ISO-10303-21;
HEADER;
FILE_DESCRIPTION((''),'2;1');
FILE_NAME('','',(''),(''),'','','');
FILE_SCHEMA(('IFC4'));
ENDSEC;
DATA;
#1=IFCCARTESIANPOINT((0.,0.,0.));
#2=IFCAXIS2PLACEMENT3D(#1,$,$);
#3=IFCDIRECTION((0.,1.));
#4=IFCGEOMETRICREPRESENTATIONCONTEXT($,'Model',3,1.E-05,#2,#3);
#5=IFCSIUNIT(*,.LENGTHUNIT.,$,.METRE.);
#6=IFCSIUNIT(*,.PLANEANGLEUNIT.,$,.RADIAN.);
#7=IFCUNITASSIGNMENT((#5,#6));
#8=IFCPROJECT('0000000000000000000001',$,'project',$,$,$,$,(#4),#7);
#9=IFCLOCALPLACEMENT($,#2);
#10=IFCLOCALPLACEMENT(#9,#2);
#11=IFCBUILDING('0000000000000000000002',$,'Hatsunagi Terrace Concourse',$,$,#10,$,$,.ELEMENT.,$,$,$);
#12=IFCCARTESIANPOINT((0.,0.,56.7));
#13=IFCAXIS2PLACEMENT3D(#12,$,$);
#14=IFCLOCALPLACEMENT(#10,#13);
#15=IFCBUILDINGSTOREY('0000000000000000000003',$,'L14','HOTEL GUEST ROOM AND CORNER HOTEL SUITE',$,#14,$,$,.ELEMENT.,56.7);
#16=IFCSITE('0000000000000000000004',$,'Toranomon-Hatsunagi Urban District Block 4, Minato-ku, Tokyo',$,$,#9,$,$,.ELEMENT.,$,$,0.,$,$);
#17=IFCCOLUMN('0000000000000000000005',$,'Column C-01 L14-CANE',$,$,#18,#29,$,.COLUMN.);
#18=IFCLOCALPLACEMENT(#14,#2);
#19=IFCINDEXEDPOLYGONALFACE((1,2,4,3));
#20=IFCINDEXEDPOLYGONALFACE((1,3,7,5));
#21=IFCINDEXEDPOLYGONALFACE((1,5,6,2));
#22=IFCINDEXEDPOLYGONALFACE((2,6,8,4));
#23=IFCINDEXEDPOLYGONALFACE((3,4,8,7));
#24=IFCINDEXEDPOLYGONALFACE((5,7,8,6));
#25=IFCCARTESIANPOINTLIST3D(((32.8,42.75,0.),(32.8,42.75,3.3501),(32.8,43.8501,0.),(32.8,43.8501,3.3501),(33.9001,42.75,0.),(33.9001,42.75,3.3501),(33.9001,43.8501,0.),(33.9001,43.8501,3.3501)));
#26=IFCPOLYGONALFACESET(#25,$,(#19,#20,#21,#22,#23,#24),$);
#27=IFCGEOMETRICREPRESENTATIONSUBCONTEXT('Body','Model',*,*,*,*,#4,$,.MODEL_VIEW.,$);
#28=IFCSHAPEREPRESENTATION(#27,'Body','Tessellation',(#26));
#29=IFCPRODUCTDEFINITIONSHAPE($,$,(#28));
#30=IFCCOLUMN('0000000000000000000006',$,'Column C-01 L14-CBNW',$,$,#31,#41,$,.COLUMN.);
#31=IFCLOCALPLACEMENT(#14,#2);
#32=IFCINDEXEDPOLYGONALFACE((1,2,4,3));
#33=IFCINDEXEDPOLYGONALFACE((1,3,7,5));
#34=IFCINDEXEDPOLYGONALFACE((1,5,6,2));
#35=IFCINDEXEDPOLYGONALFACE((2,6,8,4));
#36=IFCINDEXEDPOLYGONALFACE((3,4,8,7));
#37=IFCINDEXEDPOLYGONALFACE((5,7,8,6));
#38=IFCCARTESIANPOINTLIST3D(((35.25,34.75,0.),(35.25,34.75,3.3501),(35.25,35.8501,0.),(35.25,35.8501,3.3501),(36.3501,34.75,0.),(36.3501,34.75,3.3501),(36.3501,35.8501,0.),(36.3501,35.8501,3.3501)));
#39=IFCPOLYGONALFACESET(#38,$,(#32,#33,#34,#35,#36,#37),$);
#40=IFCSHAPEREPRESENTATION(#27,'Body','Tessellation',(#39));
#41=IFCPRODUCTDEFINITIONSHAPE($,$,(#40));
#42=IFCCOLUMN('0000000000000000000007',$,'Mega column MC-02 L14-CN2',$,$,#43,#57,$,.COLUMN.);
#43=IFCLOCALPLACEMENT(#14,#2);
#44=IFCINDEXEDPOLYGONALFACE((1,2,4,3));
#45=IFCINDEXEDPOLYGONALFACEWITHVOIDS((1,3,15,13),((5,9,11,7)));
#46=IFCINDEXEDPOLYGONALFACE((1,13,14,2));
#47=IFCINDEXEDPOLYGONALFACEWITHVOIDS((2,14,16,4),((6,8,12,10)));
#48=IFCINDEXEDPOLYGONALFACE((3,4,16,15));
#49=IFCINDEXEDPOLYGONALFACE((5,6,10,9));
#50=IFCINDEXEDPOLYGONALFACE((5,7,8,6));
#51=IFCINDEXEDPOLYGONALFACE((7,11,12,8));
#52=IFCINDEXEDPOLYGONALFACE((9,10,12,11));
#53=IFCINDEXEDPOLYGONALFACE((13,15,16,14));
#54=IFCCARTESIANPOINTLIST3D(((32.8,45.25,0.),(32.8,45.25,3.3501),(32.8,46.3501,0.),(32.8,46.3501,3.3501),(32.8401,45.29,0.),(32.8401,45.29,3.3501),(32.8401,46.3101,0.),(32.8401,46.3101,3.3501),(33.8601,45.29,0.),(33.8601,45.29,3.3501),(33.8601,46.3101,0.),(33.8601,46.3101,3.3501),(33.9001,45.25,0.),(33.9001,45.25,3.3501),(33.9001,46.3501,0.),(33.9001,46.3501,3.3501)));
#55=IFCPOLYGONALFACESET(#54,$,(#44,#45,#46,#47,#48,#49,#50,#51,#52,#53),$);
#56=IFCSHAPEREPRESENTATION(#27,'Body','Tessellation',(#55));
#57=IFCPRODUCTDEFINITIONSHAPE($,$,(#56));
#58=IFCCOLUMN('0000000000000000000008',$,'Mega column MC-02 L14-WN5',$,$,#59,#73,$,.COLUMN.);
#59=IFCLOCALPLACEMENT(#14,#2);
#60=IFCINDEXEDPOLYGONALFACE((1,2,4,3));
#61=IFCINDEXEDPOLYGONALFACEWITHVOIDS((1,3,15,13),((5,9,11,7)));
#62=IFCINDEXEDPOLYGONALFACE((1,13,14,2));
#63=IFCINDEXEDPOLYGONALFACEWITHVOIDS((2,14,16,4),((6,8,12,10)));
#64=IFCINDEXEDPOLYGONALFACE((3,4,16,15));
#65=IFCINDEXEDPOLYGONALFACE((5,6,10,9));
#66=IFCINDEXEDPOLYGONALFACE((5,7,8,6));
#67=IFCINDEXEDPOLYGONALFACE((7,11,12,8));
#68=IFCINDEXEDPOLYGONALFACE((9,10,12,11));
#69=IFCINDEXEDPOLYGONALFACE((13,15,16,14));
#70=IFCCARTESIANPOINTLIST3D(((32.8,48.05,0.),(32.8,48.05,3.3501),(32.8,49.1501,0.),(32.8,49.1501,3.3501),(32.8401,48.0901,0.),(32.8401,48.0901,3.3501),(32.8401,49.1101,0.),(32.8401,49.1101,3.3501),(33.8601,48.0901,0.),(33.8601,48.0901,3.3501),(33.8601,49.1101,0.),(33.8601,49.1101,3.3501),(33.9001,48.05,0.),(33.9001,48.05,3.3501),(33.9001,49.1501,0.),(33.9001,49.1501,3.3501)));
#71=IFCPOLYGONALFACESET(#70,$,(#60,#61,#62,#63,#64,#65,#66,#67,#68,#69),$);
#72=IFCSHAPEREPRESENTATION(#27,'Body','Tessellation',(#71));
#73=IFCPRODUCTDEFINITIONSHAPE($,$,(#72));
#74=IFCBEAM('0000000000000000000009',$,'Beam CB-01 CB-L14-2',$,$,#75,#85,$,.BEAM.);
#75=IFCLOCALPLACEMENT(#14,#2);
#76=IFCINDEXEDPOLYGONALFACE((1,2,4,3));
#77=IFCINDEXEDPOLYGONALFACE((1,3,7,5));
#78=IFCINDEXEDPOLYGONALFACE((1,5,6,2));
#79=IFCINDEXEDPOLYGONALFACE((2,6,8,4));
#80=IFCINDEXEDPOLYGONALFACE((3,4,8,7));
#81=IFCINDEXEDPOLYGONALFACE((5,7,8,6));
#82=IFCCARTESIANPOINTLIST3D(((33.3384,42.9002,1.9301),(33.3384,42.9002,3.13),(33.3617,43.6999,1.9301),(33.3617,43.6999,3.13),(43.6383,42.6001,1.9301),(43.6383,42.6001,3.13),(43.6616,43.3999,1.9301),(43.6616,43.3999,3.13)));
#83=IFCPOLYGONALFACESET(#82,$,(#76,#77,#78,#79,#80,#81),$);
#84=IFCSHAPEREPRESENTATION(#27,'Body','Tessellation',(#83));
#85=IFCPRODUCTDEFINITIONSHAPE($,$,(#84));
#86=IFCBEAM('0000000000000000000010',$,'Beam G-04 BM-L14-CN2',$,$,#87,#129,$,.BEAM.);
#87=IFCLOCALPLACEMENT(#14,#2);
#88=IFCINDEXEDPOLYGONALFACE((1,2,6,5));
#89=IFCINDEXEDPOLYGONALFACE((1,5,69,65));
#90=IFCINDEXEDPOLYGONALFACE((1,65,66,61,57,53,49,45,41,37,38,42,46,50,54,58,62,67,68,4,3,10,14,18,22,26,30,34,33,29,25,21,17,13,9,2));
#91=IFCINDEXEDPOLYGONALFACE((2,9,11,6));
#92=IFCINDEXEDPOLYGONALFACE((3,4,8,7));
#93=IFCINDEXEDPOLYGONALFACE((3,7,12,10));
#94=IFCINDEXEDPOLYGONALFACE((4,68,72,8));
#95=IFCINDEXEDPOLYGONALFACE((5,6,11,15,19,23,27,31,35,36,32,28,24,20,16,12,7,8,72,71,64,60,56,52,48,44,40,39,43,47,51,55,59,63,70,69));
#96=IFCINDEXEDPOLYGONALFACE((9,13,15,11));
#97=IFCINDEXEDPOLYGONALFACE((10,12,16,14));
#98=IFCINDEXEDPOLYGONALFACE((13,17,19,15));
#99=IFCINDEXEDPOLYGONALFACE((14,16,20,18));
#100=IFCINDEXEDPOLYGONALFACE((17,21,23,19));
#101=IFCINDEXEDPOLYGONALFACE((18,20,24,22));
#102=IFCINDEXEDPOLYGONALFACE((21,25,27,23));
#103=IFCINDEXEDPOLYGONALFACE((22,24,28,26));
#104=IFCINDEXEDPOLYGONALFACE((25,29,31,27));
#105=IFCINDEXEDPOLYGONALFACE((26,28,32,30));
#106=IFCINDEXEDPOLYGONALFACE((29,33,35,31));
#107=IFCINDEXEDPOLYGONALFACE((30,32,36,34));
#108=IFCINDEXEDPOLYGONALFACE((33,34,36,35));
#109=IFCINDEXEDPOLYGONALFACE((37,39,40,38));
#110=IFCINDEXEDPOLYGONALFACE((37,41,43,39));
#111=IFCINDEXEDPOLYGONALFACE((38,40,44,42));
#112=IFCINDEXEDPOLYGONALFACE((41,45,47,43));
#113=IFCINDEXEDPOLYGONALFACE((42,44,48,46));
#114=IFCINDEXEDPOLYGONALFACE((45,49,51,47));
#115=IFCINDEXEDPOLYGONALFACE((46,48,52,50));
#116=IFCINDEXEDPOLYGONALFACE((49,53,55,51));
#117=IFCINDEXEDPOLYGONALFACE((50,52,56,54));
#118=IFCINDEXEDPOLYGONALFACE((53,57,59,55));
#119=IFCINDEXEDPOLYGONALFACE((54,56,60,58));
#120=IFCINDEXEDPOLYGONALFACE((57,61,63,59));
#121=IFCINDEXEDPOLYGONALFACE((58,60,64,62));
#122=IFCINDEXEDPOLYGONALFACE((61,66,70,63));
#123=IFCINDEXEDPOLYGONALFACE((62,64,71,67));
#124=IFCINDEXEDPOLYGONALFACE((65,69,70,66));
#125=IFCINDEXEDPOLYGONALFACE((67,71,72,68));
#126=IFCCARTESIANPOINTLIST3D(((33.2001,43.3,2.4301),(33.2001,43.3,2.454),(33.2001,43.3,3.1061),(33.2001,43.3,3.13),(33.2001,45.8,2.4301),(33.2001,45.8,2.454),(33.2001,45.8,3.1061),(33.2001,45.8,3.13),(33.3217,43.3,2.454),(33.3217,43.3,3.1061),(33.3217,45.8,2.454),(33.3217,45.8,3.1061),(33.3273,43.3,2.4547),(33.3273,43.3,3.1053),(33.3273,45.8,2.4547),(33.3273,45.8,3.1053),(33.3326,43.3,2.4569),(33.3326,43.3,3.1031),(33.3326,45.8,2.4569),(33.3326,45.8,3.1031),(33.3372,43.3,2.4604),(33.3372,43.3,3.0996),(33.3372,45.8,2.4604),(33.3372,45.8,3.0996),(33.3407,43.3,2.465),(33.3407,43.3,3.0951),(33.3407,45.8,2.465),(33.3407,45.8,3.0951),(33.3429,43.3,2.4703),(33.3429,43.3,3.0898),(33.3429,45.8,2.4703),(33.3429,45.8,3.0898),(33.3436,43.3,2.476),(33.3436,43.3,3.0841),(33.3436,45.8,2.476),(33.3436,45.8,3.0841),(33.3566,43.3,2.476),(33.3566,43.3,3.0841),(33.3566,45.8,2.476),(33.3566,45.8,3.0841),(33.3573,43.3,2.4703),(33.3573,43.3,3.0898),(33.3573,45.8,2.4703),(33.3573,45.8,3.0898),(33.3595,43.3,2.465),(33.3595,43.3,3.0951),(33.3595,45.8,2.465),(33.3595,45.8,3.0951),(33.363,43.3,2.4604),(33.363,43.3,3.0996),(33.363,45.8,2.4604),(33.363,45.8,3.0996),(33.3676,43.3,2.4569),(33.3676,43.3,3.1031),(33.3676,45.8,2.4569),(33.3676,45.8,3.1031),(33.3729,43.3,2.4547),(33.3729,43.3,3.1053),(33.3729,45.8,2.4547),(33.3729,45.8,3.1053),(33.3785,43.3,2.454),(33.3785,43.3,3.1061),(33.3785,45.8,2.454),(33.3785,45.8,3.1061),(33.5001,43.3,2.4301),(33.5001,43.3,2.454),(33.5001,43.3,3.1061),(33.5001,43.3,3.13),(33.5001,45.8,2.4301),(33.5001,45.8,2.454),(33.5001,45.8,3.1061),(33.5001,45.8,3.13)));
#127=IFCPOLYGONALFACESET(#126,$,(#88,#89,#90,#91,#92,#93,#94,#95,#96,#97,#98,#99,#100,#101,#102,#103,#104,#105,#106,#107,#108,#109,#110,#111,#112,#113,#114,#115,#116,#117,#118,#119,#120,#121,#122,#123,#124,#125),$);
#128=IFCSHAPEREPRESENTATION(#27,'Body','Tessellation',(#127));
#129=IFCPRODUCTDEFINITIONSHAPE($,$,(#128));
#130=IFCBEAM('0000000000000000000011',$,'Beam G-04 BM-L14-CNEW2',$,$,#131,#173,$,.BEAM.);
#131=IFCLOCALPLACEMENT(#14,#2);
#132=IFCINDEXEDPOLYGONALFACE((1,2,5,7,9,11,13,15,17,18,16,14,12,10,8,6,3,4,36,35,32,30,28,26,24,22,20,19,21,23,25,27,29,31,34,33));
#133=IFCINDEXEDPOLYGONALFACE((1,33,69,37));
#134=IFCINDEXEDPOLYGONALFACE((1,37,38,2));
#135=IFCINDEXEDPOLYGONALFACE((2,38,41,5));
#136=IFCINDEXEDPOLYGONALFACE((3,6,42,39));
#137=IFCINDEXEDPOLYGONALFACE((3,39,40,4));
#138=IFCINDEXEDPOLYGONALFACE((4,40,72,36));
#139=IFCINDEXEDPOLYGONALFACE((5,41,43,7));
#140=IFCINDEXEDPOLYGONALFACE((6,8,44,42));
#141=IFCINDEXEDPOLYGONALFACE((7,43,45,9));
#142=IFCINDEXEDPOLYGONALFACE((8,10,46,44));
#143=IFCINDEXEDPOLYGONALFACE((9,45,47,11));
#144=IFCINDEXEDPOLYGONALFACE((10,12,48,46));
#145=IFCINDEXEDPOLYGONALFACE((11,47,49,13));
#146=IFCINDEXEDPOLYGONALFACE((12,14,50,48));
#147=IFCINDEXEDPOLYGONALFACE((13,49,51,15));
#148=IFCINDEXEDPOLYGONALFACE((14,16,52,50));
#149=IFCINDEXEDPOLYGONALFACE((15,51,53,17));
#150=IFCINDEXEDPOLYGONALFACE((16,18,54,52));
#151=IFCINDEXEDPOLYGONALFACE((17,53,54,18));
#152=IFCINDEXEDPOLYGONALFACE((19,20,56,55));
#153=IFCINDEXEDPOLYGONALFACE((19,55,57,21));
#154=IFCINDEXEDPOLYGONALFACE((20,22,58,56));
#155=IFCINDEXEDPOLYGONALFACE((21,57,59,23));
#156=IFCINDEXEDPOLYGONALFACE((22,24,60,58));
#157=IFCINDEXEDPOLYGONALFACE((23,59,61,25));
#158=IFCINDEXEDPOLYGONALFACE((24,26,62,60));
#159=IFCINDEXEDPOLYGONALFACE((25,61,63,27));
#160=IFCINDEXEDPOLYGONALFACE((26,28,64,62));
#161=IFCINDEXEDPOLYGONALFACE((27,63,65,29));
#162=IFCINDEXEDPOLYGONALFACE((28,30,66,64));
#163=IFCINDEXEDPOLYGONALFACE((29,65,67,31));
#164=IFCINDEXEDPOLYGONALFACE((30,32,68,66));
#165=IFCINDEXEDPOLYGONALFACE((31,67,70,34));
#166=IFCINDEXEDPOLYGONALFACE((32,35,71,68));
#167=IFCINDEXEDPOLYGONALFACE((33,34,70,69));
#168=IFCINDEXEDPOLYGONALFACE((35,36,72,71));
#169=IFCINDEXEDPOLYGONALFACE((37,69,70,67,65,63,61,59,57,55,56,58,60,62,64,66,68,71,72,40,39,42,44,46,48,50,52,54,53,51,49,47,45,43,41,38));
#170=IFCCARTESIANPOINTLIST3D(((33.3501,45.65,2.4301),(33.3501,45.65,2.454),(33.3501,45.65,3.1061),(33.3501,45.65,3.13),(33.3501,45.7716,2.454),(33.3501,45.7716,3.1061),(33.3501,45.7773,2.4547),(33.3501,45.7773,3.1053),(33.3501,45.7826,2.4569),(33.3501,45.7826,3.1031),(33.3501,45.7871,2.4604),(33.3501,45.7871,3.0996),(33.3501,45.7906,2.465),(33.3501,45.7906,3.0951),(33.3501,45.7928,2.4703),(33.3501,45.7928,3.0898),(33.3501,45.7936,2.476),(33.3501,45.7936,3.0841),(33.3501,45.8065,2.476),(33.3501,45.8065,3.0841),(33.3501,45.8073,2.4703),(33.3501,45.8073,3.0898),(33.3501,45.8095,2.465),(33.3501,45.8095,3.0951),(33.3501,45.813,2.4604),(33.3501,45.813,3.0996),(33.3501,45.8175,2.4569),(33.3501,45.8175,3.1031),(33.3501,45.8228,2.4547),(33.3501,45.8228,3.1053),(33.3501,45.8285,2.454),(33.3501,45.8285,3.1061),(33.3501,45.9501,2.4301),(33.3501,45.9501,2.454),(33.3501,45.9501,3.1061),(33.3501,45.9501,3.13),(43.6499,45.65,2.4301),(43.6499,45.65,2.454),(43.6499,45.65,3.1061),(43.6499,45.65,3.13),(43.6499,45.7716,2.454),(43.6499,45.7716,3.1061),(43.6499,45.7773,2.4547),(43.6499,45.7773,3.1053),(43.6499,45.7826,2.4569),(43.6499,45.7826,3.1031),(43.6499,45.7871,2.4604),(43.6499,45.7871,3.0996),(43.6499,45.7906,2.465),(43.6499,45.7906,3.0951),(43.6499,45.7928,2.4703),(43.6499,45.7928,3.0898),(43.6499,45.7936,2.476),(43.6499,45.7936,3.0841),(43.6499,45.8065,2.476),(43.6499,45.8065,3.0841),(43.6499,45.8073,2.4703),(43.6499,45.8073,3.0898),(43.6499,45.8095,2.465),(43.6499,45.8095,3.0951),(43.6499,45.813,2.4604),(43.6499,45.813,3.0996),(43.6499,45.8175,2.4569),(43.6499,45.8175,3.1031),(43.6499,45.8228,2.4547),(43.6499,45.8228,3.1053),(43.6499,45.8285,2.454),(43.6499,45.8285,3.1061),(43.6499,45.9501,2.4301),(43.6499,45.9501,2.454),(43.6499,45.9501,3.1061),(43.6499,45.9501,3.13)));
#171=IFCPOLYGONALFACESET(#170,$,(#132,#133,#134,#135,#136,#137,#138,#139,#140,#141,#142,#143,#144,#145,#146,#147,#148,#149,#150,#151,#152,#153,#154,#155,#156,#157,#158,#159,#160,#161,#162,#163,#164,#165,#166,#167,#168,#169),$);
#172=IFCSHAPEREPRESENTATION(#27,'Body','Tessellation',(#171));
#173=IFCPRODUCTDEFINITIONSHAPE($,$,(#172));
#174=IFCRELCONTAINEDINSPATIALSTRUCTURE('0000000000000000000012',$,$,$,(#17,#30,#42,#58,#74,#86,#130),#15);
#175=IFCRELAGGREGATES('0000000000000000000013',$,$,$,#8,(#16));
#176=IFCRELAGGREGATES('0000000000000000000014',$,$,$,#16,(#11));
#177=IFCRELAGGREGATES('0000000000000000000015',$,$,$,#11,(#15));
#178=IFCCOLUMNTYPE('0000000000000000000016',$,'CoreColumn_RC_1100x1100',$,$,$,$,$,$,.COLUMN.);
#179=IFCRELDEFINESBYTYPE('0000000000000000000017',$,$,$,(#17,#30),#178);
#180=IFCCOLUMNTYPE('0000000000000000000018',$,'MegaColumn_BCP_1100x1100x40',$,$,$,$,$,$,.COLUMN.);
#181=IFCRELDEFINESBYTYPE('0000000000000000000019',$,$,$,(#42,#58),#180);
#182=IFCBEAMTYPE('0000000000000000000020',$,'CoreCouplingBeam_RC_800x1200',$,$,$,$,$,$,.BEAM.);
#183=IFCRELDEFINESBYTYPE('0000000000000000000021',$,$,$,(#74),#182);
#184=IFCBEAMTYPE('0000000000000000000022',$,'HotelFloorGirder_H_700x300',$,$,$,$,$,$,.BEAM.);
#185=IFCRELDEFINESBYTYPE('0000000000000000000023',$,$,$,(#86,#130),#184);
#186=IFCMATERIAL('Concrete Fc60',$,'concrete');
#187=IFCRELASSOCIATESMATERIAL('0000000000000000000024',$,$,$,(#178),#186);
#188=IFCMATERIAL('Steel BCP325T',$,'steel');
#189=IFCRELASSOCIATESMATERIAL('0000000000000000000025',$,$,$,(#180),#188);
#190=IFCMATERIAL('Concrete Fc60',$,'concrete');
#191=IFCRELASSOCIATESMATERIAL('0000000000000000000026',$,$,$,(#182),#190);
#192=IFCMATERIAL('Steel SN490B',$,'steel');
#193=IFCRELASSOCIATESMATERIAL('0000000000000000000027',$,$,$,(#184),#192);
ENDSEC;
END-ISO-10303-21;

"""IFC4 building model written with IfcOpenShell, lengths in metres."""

from ifc_helpers import new_model, si_unit, direction, frame, origin, origin_2d, place, context, subcontext, project, spatial, rectangle, hollow_rectangle, i_section, extrude, material, material_profile, profile_set, type_object, element, save


model = new_model("IFC4")

# Units and contexts
model_context = context("Model", 3, precision=1e-05, world=origin(), true_north=direction((0.0, 1.0)))
body_context = subcontext(model_context, "Body", "Model", "MODEL_VIEW")
ifc_project = project(units=[si_unit("LENGTHUNIT", "METRE"), si_unit("PLANEANGLEUNIT", "RADIAN")], contexts=[model_context])

# Site, building, storey
site_placement = place(None, origin())
site = spatial("IfcSite", under=ifc_project, at=site_placement, Name="Toranomon-Hatsunagi Urban District Block 4, Minato-ku, Tokyo", CompositionType="ELEMENT", RefElevation=0.0)
building_placement = place(site_placement, origin())
building = spatial("IfcBuilding", under=site, at=building_placement, Name="Hatsunagi Terrace Concourse", CompositionType="ELEMENT")
storey_placement = place(building_placement, frame((0.0, 0.0, 56.7)))
storey = spatial("IfcBuildingStorey", under=building, at=storey_placement, Name="L14", Description="HOTEL GUEST ROOM AND CORNER HOTEL SUITE", CompositionType="ELEMENT", Elevation=56.7)

# Columns
ifc_material_1 = material(Name="Concrete Fc60", Category="concrete")
ifc_material_profile_1 = material_profile(ifc_material_1, rectangle(XDim=1.1001, YDim=1.1001, at=origin_2d()), Name="RC-1100x1100")
ifc_profile_set_1 = profile_set([ifc_material_profile_1], Name="Concrete Fc60")
column_type_1 = type_object("IfcColumnType", Name="CoreColumn_RC_1100x1100", PredefinedType="COLUMN", material=ifc_profile_set_1)
for number, where, z_axis, x_axis, name in (
    (1, (33.3501, 43.3, 0.0), (0.0, 0.0, 1.0), (1.0, 0.0, 0.0), "Column C-01 L14-CANE"),
    (2, (35.8, 35.3, 0.0), (0.0, 0.0, 1.0), (1.0, 0.0, 0.0), "Column C-01 L14-CBNW"),
):
    element("IfcColumn", number, at=place(storey_placement, frame(where, z_axis=z_axis, x_axis=x_axis)), inside=storey, type_object=column_type_1, Name=name, PredefinedType="COLUMN", context=body_context, shape_type="SweptSolid", body=[
        extrude(rectangle(XDim=1.1001, YDim=1.1001, at=origin_2d()), origin(), (0.0, 0.0, 1.0), 3.3501),
    ])
ifc_material_2 = material(Name="Steel BCP325T", Category="steel")
ifc_material_profile_2 = material_profile(ifc_material_2, hollow_rectangle(XDim=1.1001, YDim=1.1001, WallThickness=0.04, at=origin_2d()), Name="BCP-1100x1100x40")
ifc_profile_set_2 = profile_set([ifc_material_profile_2], Name="Steel BCP325T")
column_type_2 = type_object("IfcColumnType", Name="MegaColumn_BCP_1100x1100x40", PredefinedType="COLUMN", material=ifc_profile_set_2)
for number, where, z_axis, x_axis, name in (
    (3, (33.3501, 45.8, 0.0), (0.0, 0.0, 1.0), (1.0, 0.0, 0.0), "Mega column MC-02 L14-CN2"),
    (4, (33.3501, 48.6001, 0.0), (0.0, 0.0, 1.0), (1.0, 0.0, 0.0), "Mega column MC-02 L14-WN5"),
):
    element("IfcColumn", number, at=place(storey_placement, frame(where, z_axis=z_axis, x_axis=x_axis)), inside=storey, type_object=column_type_2, Name=name, PredefinedType="COLUMN", context=body_context, shape_type="SweptSolid", body=[
        extrude(hollow_rectangle(XDim=1.1001, YDim=1.1001, WallThickness=0.04, at=origin_2d()), origin(), (0.0, 0.0, 1.0), 3.3501),
    ])

# Beams
ifc_material_3 = material(Name="Concrete Fc60", Category="concrete")
ifc_material_profile_3 = material_profile(ifc_material_3, rectangle(XDim=0.8, YDim=1.2, at=origin_2d()), Name="RC-800x1200")
ifc_profile_set_3 = profile_set([ifc_material_profile_3], Name="Concrete Fc60")
beam_type_1 = type_object("IfcBeamType", Name="CoreCouplingBeam_RC_800x1200", PredefinedType="BEAM", material=ifc_profile_set_3)
beam_1_placement = place(storey_placement, frame((33.3501, 43.3, 2.53), z_axis=(0.999576, -0.029119, 0.0), x_axis=(0.029119, 0.999576, 0.0)))
element("IfcBeam", 5, at=beam_1_placement, inside=storey, type_object=beam_type_1, Name="Beam CB-01 CB-L14-2", PredefinedType="BEAM", context=body_context, shape_type="SweptSolid", body=[
    extrude(rectangle(XDim=0.8, YDim=1.2, at=origin_2d()), origin(), (0.0, 0.0, 1.0), 10.3042),
])
ifc_material_4 = material(Name="Steel SN490B", Category="steel")
ifc_material_profile_4 = material_profile(ifc_material_4, i_section(OverallWidth=0.3, OverallDepth=0.7, WebThickness=0.0129, FlangeThickness=0.0239, FilletRadius=0.022, at=origin_2d()), Name="H-700x300x13x24")
ifc_profile_set_4 = profile_set([ifc_material_profile_4], Name="Steel SN490B")
beam_type_2 = type_object("IfcBeamType", Name="HotelFloorGirder_H_700x300", PredefinedType="BEAM", material=ifc_profile_set_4)
beam_2_placement = place(storey_placement, frame((33.3501, 43.3, 2.78), z_axis=(0.0, 1.0, 0.0), x_axis=(-1.0, 0.0, 0.0)))
element("IfcBeam", 6, at=beam_2_placement, inside=storey, type_object=beam_type_2, Name="Beam G-04 BM-L14-CN2", PredefinedType="BEAM", context=body_context, shape_type="SweptSolid", body=[
    extrude(i_section(OverallWidth=0.3, OverallDepth=0.7, WebThickness=0.0129, FlangeThickness=0.0239, FilletRadius=0.022, at=origin_2d()), origin(), (0.0, 0.0, 1.0), 2.5),
])
beam_3_placement = place(storey_placement, frame((33.3501, 45.8, 2.78), z_axis=(1.0, 0.0, 0.0), x_axis=(0.0, 1.0, 0.0)))
element("IfcBeam", 7, at=beam_3_placement, inside=storey, type_object=beam_type_2, Name="Beam G-04 BM-L14-CNEW2", PredefinedType="BEAM", context=body_context, shape_type="SweptSolid", body=[
    extrude(i_section(OverallWidth=0.3, OverallDepth=0.7, WebThickness=0.0129, FlangeThickness=0.0239, FilletRadius=0.022, at=origin_2d()), origin(), (0.0, 0.0, 1.0), 10.2998),
])

save(model, "model.ifc")
